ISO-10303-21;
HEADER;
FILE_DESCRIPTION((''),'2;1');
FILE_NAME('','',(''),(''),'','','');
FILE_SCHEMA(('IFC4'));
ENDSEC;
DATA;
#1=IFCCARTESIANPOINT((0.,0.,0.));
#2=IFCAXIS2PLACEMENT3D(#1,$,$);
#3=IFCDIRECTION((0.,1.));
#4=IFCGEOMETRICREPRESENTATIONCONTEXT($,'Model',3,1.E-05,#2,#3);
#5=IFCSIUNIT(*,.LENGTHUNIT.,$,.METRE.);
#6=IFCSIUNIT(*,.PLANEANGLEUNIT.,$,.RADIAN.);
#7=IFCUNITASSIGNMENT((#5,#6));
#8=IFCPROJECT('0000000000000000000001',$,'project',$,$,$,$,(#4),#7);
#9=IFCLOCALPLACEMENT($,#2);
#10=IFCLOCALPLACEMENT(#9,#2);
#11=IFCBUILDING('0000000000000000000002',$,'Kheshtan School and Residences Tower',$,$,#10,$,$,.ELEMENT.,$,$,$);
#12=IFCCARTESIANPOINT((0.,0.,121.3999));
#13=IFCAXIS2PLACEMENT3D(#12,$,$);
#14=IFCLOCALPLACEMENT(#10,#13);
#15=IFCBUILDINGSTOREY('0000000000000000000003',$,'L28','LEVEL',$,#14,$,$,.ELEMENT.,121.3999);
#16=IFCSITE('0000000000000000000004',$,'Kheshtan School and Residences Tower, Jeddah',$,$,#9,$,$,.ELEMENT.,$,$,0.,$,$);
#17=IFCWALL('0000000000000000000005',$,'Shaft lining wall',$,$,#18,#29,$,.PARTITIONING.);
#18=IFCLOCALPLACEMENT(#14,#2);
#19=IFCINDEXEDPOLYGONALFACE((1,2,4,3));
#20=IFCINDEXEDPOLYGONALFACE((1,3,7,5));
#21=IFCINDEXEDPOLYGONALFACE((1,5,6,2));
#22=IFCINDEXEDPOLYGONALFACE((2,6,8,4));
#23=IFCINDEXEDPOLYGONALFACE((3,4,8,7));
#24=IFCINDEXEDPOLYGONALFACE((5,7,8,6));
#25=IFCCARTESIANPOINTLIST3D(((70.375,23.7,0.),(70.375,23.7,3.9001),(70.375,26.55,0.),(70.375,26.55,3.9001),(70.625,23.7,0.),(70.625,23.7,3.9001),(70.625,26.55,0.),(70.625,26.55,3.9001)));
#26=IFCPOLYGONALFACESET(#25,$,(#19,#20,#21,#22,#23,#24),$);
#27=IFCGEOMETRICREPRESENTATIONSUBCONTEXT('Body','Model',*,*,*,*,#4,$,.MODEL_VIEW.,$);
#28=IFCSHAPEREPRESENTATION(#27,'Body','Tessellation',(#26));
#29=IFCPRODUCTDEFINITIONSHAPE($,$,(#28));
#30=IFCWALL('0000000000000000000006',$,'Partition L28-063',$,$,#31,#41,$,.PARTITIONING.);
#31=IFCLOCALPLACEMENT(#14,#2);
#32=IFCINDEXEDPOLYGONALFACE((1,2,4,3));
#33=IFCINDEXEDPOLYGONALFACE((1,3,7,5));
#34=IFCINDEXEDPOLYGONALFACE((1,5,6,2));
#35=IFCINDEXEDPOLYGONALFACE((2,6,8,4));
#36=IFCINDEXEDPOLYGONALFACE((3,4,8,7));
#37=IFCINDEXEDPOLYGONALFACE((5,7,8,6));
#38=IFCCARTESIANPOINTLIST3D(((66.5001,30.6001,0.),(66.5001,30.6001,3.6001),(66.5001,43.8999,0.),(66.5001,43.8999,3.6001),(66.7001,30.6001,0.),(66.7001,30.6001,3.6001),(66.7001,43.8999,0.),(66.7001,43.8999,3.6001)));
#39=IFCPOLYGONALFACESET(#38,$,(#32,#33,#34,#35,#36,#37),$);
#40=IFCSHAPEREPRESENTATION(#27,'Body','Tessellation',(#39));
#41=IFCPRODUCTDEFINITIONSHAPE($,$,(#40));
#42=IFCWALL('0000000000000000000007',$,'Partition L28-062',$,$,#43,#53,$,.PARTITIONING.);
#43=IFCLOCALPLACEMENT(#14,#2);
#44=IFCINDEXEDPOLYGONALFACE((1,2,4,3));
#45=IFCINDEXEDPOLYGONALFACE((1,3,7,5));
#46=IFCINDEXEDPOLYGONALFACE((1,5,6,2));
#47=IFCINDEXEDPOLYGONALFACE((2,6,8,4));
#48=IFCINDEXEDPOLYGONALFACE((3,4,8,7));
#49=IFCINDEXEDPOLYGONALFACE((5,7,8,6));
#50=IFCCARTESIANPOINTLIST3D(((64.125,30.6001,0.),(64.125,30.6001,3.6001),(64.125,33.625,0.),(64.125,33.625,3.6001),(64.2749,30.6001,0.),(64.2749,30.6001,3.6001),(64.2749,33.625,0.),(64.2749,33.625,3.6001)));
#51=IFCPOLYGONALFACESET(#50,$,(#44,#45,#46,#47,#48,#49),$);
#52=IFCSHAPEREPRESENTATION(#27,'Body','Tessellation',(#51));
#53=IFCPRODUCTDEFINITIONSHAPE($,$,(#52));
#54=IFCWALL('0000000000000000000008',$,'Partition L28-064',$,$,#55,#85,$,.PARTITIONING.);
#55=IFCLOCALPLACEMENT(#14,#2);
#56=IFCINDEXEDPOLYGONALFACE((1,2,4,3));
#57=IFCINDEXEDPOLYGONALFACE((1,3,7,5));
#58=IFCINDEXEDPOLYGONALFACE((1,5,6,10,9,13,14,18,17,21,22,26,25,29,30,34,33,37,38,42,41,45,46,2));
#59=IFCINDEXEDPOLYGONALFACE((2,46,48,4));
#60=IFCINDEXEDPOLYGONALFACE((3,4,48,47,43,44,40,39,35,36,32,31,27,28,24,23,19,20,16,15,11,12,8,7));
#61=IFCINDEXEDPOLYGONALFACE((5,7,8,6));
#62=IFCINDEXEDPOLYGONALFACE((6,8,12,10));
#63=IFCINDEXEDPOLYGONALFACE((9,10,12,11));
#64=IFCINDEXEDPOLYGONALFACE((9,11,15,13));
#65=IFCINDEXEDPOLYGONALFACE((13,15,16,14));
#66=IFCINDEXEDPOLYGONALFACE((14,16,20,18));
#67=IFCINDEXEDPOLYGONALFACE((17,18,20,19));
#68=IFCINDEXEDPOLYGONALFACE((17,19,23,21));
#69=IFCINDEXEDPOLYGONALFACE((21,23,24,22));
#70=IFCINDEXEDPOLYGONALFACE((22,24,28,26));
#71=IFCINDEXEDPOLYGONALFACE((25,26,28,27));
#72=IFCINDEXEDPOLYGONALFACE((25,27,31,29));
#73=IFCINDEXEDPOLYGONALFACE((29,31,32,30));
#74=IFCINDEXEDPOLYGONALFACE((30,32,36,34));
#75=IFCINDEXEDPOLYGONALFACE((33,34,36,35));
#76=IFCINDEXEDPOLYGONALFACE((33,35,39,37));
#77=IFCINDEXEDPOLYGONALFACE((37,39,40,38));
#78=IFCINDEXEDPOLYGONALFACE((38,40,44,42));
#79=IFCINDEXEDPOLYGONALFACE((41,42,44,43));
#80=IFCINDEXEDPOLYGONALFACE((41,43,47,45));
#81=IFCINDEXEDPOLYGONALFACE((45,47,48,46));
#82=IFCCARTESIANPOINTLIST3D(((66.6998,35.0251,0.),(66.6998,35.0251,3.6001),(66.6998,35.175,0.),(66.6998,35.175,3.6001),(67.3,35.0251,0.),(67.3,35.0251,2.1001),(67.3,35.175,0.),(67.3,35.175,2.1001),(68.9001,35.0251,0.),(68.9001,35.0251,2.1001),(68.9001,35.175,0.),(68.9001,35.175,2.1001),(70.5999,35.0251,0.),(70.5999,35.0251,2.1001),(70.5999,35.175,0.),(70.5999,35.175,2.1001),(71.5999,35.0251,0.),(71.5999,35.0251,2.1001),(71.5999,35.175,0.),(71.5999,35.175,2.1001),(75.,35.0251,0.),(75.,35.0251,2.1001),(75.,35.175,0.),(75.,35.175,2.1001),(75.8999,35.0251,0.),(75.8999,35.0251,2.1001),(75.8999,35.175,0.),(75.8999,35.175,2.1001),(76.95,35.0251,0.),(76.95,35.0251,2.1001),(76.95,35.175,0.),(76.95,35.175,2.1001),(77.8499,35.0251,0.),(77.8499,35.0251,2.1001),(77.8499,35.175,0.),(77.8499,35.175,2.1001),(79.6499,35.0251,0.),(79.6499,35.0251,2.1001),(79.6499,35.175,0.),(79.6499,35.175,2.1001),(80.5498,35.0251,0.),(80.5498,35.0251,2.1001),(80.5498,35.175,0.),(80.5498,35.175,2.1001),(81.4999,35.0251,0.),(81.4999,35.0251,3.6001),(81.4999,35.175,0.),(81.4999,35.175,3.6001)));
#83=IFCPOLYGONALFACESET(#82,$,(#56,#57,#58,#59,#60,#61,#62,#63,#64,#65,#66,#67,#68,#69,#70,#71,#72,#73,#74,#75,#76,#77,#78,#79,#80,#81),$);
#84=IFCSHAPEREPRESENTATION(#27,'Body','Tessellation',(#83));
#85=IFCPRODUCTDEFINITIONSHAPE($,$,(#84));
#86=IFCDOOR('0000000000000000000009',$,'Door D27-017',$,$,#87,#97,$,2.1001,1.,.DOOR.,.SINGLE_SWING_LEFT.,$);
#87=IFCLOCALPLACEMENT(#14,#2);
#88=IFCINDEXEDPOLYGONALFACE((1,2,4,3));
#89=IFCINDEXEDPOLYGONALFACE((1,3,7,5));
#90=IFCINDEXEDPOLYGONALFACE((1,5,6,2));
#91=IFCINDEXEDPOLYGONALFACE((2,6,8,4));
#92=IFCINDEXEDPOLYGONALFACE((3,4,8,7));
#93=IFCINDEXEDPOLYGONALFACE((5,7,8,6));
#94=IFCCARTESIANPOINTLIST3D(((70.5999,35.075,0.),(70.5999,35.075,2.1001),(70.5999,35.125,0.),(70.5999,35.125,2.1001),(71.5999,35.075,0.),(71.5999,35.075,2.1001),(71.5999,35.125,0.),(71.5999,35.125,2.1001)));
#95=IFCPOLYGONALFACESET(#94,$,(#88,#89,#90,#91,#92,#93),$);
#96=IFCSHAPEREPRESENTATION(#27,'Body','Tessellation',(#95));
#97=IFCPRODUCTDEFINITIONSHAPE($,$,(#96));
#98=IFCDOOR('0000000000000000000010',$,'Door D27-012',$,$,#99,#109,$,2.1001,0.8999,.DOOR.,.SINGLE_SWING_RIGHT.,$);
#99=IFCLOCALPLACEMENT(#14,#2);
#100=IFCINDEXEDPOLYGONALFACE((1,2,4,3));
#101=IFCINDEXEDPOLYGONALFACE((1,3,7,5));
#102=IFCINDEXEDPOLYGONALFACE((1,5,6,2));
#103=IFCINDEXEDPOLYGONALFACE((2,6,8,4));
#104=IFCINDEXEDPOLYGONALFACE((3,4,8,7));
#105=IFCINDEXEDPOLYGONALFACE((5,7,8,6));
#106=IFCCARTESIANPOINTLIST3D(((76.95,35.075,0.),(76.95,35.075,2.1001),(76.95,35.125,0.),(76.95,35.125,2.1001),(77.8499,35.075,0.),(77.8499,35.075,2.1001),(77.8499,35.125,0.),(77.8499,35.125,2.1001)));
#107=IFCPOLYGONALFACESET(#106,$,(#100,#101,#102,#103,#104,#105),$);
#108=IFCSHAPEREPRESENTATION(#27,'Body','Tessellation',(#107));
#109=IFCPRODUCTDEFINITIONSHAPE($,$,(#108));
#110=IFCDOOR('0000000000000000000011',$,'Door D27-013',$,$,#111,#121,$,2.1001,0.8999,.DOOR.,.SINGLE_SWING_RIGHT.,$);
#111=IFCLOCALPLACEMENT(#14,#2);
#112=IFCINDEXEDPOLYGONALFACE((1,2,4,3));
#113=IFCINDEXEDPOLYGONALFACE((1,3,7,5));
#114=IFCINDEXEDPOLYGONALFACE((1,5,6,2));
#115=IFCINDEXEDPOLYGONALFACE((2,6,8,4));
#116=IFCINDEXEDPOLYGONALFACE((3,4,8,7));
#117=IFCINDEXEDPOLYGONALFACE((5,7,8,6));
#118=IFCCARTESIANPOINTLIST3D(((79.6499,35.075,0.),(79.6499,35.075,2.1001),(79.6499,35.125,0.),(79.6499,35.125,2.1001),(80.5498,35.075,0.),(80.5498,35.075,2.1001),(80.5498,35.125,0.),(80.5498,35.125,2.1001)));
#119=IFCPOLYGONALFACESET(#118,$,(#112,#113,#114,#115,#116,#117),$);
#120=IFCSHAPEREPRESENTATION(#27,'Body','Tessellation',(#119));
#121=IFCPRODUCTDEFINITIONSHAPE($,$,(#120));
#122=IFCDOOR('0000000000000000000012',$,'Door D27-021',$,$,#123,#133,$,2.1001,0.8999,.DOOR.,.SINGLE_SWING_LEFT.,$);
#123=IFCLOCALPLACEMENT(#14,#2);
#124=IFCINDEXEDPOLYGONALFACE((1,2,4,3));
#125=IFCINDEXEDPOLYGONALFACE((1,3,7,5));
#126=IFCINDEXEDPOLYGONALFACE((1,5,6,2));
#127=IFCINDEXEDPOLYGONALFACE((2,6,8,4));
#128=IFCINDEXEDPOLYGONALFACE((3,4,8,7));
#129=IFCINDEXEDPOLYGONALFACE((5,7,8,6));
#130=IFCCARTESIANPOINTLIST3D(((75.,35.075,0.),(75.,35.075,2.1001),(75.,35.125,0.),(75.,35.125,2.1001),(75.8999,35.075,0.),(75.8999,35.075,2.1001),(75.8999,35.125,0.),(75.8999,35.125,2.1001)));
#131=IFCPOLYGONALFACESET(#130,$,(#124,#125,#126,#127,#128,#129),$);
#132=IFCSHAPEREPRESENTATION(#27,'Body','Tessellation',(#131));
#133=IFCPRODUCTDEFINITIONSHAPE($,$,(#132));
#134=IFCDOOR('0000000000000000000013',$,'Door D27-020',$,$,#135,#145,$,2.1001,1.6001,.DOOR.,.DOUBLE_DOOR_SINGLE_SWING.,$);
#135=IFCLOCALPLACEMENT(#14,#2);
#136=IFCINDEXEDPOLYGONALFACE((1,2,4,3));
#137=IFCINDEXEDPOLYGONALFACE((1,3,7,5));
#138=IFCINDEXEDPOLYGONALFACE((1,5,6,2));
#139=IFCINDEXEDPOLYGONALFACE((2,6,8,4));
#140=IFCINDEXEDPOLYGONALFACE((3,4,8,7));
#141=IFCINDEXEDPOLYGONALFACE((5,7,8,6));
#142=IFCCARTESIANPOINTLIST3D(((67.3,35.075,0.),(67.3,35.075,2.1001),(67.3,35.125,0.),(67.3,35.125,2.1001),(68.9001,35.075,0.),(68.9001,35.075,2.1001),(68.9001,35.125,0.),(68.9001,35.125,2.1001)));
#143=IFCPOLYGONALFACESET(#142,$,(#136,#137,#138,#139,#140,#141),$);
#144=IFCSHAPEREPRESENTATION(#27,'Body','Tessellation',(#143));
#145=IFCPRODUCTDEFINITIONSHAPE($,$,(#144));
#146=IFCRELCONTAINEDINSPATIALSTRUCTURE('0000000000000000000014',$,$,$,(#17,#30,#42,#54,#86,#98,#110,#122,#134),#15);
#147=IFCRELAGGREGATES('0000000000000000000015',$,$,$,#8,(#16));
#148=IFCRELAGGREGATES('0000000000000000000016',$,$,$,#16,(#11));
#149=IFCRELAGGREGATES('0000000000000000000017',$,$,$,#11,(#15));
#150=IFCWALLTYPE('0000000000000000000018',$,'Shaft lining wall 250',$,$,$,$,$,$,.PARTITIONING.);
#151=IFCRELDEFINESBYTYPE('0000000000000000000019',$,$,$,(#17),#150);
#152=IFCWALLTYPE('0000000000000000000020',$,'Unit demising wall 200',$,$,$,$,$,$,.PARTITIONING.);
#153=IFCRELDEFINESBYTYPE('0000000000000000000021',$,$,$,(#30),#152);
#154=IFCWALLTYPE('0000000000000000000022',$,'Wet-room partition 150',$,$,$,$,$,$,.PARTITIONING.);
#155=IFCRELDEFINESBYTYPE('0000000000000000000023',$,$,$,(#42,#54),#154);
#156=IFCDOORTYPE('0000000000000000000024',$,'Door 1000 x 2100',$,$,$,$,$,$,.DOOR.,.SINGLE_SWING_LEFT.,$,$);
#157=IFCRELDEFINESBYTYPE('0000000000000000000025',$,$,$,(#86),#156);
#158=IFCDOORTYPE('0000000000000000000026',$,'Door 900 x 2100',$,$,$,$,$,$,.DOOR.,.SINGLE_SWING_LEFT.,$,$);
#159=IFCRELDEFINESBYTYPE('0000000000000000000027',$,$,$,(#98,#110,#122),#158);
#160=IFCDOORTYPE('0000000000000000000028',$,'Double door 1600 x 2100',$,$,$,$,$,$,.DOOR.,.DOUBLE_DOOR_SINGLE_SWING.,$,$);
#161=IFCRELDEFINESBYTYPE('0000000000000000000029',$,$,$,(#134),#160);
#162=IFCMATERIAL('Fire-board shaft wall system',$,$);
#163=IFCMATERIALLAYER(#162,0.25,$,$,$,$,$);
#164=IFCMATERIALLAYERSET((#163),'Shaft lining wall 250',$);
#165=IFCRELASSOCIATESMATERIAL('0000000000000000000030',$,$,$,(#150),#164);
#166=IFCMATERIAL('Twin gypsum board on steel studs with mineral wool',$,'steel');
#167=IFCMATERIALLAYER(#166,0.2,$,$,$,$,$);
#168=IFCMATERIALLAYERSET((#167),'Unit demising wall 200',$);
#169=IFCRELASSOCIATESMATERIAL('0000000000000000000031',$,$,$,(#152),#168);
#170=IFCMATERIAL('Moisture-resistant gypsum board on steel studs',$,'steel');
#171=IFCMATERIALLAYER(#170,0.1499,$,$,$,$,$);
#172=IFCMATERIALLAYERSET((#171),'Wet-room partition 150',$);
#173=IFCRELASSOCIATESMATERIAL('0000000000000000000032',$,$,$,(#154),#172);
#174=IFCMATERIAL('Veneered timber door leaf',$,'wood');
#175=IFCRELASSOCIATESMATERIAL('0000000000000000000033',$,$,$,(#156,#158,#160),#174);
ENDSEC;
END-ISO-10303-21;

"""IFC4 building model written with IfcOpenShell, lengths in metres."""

from ifc_helpers import new_model, si_unit, direction, frame, frame_2d, origin, place, context, subcontext, project, spatial, rectangle, extrude, source, transform, mapped, material, layer, layer_set, type_object, element, fill, save


model = new_model("IFC4")

# Units and contexts
model_context = context("Model", 3, precision=1e-05, world=origin(), true_north=direction((0.0, 1.0)))
body_context = subcontext(model_context, "Body", "Model", "MODEL_VIEW")
ifc_project = project(units=[si_unit("LENGTHUNIT", "METRE"), si_unit("PLANEANGLEUNIT", "RADIAN")], contexts=[model_context])

# Site, building, storey
site_placement = place(None, origin())
site = spatial("IfcSite", under=ifc_project, at=site_placement, Name="Kheshtan School and Residences Tower, Jeddah", CompositionType="ELEMENT", RefElevation=0.0)
building_placement = place(site_placement, origin())
building = spatial("IfcBuilding", under=site, at=building_placement, Name="Kheshtan School and Residences Tower", CompositionType="ELEMENT")
storey_placement = place(building_placement, frame((0.0, 0.0, 121.3999)))
storey = spatial("IfcBuildingStorey", under=building, at=storey_placement, Name="L28", Description="LEVEL", CompositionType="ELEMENT", Elevation=121.3999)

# Walls
ifc_material_1 = material(Name="Fire-board shaft wall system")
ifc_layer_1 = layer(ifc_material_1, 0.25)
ifc_layer_set_1 = layer_set([ifc_layer_1], Name="Shaft lining wall 250")
wall_type_1 = type_object("IfcWallType", Name="Shaft lining wall 250", PredefinedType="PARTITIONING", material=ifc_layer_set_1)
wall_1_placement = place(storey_placement, frame((70.5, 23.7, 0.0), z_axis=(0.0, 0.0, 1.0), x_axis=(0.0, 1.0, 0.0)))
element("IfcWall", 1, at=wall_1_placement, inside=storey, type_object=wall_type_1, Name="Shaft lining wall", PredefinedType="PARTITIONING", context=body_context, shape_type="SweptSolid", body=[
    extrude(rectangle(XDim=2.8501, YDim=0.25, at=frame_2d((1.425, 0.0))), origin(), (0.0, 0.0, 1.0), 3.9001),
])
ifc_material_2 = material(Name="Twin gypsum board on steel studs with mineral wool", Category="steel")
ifc_layer_2 = layer(ifc_material_2, 0.2)
ifc_layer_set_2 = layer_set([ifc_layer_2], Name="Unit demising wall 200")
wall_type_2 = type_object("IfcWallType", Name="Unit demising wall 200", PredefinedType="PARTITIONING", material=ifc_layer_set_2)
wall_2_placement = place(storey_placement, frame((66.6001, 30.6001, 0.0), z_axis=(0.0, 0.0, 1.0), x_axis=(0.0, 1.0, 0.0)))
element("IfcWall", 2, at=wall_2_placement, inside=storey, type_object=wall_type_2, Name="Partition L28-063", PredefinedType="PARTITIONING", context=body_context, shape_type="SweptSolid", body=[
    extrude(rectangle(XDim=13.2998, YDim=0.2, at=frame_2d((6.6499, 0.0))), origin(), (0.0, 0.0, 1.0), 3.6001),
])
ifc_material_3 = material(Name="Moisture-resistant gypsum board on steel studs", Category="steel")
ifc_layer_3 = layer(ifc_material_3, 0.1499)
ifc_layer_set_3 = layer_set([ifc_layer_3], Name="Wet-room partition 150")
wall_type_3 = type_object("IfcWallType", Name="Wet-room partition 150", PredefinedType="PARTITIONING", material=ifc_layer_set_3)
wall_3_placement = place(storey_placement, frame((64.2, 30.6001, 0.0), z_axis=(0.0, 0.0, 1.0), x_axis=(0.0, 1.0, 0.0)))
element("IfcWall", 3, at=wall_3_placement, inside=storey, type_object=wall_type_3, Name="Partition L28-062", PredefinedType="PARTITIONING", context=body_context, shape_type="SweptSolid", body=[
    extrude(rectangle(XDim=3.0249, YDim=0.1499, at=frame_2d((1.5125, 0.0))), origin(), (0.0, 0.0, 1.0), 3.6001),
])

# Wall, openings, doors
wall_4_placement = place(storey_placement, frame((66.7, 35.1001, 0.0), z_axis=(0.0, 0.0, 1.0), x_axis=(1.0, 0.0, 0.0)))
wall_4 = element("IfcWall", 4, at=wall_4_placement, inside=storey, type_object=wall_type_3, Name="Partition L28-064", PredefinedType="PARTITIONING", context=body_context, shape_type="SweptSolid", body=[
    extrude(rectangle(XDim=14.8, YDim=0.1499, at=frame_2d((7.3999, 0.0))), origin(), (0.0, 0.0, 1.0), 3.6001),
])
opening_1_placement = place(wall_4_placement, frame((10.25, 0.0, 0.0)))
opening_1 = element("IfcOpeningElement", 5, at=opening_1_placement, cuts=wall_4, PredefinedType="OPENING", context=body_context, shape_type="SweptSolid", body=[
    extrude(rectangle(XDim=0.8999, YDim=2.1001, at=frame_2d((0.45, 1.05))), frame((0.0, 0.085, 0.0), z_axis=(0.0, -1.0, 0.0), x_axis=(1.0, 0.0, 0.0)), (0.0, 0.0, 1.0), 0.1699),
])
opening_2_placement = place(wall_4_placement, frame((12.95, 0.0, 0.0)))
opening_2 = element("IfcOpeningElement", 6, at=opening_2_placement, cuts=wall_4, PredefinedType="OPENING", context=body_context, shape_type="SweptSolid", body=[
    extrude(rectangle(XDim=0.8999, YDim=2.1001, at=frame_2d((0.45, 1.05))), frame((0.0, 0.085, 0.0), z_axis=(0.0, -1.0, 0.0), x_axis=(1.0, 0.0, 0.0)), (0.0, 0.0, 1.0), 0.1699),
])
opening_3_placement = place(wall_4_placement, frame((3.8999, 0.0, 0.0)))
opening_3 = element("IfcOpeningElement", 7, at=opening_3_placement, cuts=wall_4, PredefinedType="OPENING", context=body_context, shape_type="SweptSolid", body=[
    extrude(rectangle(XDim=1.0, YDim=2.1001, at=frame_2d((0.5, 1.05))), frame((0.0, 0.085, 0.0), z_axis=(0.0, -1.0, 0.0), x_axis=(1.0, 0.0, 0.0)), (0.0, 0.0, 1.0), 0.1699),
])
opening_4_placement = place(wall_4_placement, frame((0.6001, 0.0, 0.0)))
opening_4 = element("IfcOpeningElement", 8, at=opening_4_placement, cuts=wall_4, PredefinedType="OPENING", context=body_context, shape_type="SweptSolid", body=[
    extrude(rectangle(XDim=1.6001, YDim=2.1001, at=frame_2d((0.8, 1.05))), frame((0.0, 0.085, 0.0), z_axis=(0.0, -1.0, 0.0), x_axis=(1.0, 0.0, 0.0)), (0.0, 0.0, 1.0), 0.1699),
])
opening_5_placement = place(wall_4_placement, frame((8.3, 0.0, 0.0)))
opening_5 = element("IfcOpeningElement", 9, at=opening_5_placement, cuts=wall_4, PredefinedType="OPENING", context=body_context, shape_type="SweptSolid", body=[
    extrude(rectangle(XDim=0.8999, YDim=2.1001, at=frame_2d((0.45, 1.05))), frame((0.0, 0.085, 0.0), z_axis=(0.0, -1.0, 0.0), x_axis=(1.0, 0.0, 0.0)), (0.0, 0.0, 1.0), 0.1699),
])
ifc_material_4 = material(Name="Veneered timber door leaf", Category="wood")
door_type_1 = type_object("IfcDoorType", Name="Door 1000 x 2100", OperationType="SINGLE_SWING_LEFT", PredefinedType="DOOR", material=ifc_material_4)
shared_shape_1 = source(origin(), body_context, "Body", "SweptSolid", [
    extrude(rectangle(XDim=1.0, YDim=2.1001, at=frame_2d((0.5, 1.05))), frame((0.0, 0.0249, 0.0), z_axis=(0.0, -1.0, 0.0), x_axis=(1.0, 0.0, 0.0)), (0.0, 0.0, 1.0), 0.05),
])
door_1_placement = place(opening_3_placement, origin())
door_1 = element("IfcDoor", 10, at=door_1_placement, inside=storey, type_object=door_type_1, Name="Door D27-017", OperationType="SINGLE_SWING_LEFT", OverallHeight=2.1001, OverallWidth=1.0, PredefinedType="DOOR", context=body_context, shape_type="MappedRepresentation", body=[
    mapped(shared_shape_1, transform((0.0, 0.0, 0.0), x_axis=(1.0, 0.0, 0.0), y_axis=(0.0, 1.0, 0.0), z_axis=(0.0, 0.0, 1.0), scale=1.0)),
])
fill(opening_3, door_1)
door_type_2 = type_object("IfcDoorType", Name="Door 900 x 2100", OperationType="SINGLE_SWING_LEFT", PredefinedType="DOOR", material=ifc_material_4)
shared_shape_2 = source(origin(), body_context, "Body", "SweptSolid", [
    extrude(rectangle(XDim=0.8999, YDim=2.1001, at=frame_2d((0.45, 1.05))), frame((0.0, 0.0249, 0.0), z_axis=(0.0, -1.0, 0.0), x_axis=(1.0, 0.0, 0.0)), (0.0, 0.0, 1.0), 0.05),
])
door_2_placement = place(opening_1_placement, origin())
door_2 = element("IfcDoor", 11, at=door_2_placement, inside=storey, type_object=door_type_2, Name="Door D27-012", OperationType="SINGLE_SWING_RIGHT", OverallHeight=2.1001, OverallWidth=0.8999, PredefinedType="DOOR", context=body_context, shape_type="MappedRepresentation", body=[
    mapped(shared_shape_2, transform((0.0, 0.0, 0.0), x_axis=(1.0, 0.0, 0.0), y_axis=(0.0, 1.0, 0.0), z_axis=(0.0, 0.0, 1.0), scale=1.0)),
])
fill(opening_1, door_2)
door_3_placement = place(opening_2_placement, origin())
door_3 = element("IfcDoor", 12, at=door_3_placement, inside=storey, type_object=door_type_2, Name="Door D27-013", OperationType="SINGLE_SWING_RIGHT", OverallHeight=2.1001, OverallWidth=0.8999, PredefinedType="DOOR", context=body_context, shape_type="MappedRepresentation", body=[
    mapped(shared_shape_2, transform((0.0, 0.0, 0.0), x_axis=(1.0, 0.0, 0.0), y_axis=(0.0, 1.0, 0.0), z_axis=(0.0, 0.0, 1.0), scale=1.0)),
])
fill(opening_2, door_3)
door_4_placement = place(opening_5_placement, origin())
door_4 = element("IfcDoor", 13, at=door_4_placement, inside=storey, type_object=door_type_2, Name="Door D27-021", OperationType="SINGLE_SWING_LEFT", OverallHeight=2.1001, OverallWidth=0.8999, PredefinedType="DOOR", context=body_context, shape_type="MappedRepresentation", body=[
    mapped(shared_shape_2, transform((0.0, 0.0, 0.0), x_axis=(1.0, 0.0, 0.0), y_axis=(0.0, 1.0, 0.0), z_axis=(0.0, 0.0, 1.0), scale=1.0)),
])
fill(opening_5, door_4)
door_type_3 = type_object("IfcDoorType", Name="Double door 1600 x 2100", OperationType="DOUBLE_DOOR_SINGLE_SWING", PredefinedType="DOOR", material=ifc_material_4)
shared_shape_3 = source(origin(), body_context, "Body", "SweptSolid", [
    extrude(rectangle(XDim=1.6001, YDim=2.1001, at=frame_2d((0.8, 1.05))), frame((0.0, 0.0249, 0.0), z_axis=(0.0, -1.0, 0.0), x_axis=(1.0, 0.0, 0.0)), (0.0, 0.0, 1.0), 0.05),
])
door_5_placement = place(opening_4_placement, origin())
door_5 = element("IfcDoor", 14, at=door_5_placement, inside=storey, type_object=door_type_3, Name="Door D27-020", OperationType="DOUBLE_DOOR_SINGLE_SWING", OverallHeight=2.1001, OverallWidth=1.6001, PredefinedType="DOOR", context=body_context, shape_type="MappedRepresentation", body=[
    mapped(shared_shape_3, transform((0.0, 0.0, 0.0), x_axis=(1.0, 0.0, 0.0), y_axis=(0.0, 1.0, 0.0), z_axis=(0.0, 0.0, 1.0), scale=1.0)),
])
fill(opening_4, door_5)

save(model, "model.ifc")
